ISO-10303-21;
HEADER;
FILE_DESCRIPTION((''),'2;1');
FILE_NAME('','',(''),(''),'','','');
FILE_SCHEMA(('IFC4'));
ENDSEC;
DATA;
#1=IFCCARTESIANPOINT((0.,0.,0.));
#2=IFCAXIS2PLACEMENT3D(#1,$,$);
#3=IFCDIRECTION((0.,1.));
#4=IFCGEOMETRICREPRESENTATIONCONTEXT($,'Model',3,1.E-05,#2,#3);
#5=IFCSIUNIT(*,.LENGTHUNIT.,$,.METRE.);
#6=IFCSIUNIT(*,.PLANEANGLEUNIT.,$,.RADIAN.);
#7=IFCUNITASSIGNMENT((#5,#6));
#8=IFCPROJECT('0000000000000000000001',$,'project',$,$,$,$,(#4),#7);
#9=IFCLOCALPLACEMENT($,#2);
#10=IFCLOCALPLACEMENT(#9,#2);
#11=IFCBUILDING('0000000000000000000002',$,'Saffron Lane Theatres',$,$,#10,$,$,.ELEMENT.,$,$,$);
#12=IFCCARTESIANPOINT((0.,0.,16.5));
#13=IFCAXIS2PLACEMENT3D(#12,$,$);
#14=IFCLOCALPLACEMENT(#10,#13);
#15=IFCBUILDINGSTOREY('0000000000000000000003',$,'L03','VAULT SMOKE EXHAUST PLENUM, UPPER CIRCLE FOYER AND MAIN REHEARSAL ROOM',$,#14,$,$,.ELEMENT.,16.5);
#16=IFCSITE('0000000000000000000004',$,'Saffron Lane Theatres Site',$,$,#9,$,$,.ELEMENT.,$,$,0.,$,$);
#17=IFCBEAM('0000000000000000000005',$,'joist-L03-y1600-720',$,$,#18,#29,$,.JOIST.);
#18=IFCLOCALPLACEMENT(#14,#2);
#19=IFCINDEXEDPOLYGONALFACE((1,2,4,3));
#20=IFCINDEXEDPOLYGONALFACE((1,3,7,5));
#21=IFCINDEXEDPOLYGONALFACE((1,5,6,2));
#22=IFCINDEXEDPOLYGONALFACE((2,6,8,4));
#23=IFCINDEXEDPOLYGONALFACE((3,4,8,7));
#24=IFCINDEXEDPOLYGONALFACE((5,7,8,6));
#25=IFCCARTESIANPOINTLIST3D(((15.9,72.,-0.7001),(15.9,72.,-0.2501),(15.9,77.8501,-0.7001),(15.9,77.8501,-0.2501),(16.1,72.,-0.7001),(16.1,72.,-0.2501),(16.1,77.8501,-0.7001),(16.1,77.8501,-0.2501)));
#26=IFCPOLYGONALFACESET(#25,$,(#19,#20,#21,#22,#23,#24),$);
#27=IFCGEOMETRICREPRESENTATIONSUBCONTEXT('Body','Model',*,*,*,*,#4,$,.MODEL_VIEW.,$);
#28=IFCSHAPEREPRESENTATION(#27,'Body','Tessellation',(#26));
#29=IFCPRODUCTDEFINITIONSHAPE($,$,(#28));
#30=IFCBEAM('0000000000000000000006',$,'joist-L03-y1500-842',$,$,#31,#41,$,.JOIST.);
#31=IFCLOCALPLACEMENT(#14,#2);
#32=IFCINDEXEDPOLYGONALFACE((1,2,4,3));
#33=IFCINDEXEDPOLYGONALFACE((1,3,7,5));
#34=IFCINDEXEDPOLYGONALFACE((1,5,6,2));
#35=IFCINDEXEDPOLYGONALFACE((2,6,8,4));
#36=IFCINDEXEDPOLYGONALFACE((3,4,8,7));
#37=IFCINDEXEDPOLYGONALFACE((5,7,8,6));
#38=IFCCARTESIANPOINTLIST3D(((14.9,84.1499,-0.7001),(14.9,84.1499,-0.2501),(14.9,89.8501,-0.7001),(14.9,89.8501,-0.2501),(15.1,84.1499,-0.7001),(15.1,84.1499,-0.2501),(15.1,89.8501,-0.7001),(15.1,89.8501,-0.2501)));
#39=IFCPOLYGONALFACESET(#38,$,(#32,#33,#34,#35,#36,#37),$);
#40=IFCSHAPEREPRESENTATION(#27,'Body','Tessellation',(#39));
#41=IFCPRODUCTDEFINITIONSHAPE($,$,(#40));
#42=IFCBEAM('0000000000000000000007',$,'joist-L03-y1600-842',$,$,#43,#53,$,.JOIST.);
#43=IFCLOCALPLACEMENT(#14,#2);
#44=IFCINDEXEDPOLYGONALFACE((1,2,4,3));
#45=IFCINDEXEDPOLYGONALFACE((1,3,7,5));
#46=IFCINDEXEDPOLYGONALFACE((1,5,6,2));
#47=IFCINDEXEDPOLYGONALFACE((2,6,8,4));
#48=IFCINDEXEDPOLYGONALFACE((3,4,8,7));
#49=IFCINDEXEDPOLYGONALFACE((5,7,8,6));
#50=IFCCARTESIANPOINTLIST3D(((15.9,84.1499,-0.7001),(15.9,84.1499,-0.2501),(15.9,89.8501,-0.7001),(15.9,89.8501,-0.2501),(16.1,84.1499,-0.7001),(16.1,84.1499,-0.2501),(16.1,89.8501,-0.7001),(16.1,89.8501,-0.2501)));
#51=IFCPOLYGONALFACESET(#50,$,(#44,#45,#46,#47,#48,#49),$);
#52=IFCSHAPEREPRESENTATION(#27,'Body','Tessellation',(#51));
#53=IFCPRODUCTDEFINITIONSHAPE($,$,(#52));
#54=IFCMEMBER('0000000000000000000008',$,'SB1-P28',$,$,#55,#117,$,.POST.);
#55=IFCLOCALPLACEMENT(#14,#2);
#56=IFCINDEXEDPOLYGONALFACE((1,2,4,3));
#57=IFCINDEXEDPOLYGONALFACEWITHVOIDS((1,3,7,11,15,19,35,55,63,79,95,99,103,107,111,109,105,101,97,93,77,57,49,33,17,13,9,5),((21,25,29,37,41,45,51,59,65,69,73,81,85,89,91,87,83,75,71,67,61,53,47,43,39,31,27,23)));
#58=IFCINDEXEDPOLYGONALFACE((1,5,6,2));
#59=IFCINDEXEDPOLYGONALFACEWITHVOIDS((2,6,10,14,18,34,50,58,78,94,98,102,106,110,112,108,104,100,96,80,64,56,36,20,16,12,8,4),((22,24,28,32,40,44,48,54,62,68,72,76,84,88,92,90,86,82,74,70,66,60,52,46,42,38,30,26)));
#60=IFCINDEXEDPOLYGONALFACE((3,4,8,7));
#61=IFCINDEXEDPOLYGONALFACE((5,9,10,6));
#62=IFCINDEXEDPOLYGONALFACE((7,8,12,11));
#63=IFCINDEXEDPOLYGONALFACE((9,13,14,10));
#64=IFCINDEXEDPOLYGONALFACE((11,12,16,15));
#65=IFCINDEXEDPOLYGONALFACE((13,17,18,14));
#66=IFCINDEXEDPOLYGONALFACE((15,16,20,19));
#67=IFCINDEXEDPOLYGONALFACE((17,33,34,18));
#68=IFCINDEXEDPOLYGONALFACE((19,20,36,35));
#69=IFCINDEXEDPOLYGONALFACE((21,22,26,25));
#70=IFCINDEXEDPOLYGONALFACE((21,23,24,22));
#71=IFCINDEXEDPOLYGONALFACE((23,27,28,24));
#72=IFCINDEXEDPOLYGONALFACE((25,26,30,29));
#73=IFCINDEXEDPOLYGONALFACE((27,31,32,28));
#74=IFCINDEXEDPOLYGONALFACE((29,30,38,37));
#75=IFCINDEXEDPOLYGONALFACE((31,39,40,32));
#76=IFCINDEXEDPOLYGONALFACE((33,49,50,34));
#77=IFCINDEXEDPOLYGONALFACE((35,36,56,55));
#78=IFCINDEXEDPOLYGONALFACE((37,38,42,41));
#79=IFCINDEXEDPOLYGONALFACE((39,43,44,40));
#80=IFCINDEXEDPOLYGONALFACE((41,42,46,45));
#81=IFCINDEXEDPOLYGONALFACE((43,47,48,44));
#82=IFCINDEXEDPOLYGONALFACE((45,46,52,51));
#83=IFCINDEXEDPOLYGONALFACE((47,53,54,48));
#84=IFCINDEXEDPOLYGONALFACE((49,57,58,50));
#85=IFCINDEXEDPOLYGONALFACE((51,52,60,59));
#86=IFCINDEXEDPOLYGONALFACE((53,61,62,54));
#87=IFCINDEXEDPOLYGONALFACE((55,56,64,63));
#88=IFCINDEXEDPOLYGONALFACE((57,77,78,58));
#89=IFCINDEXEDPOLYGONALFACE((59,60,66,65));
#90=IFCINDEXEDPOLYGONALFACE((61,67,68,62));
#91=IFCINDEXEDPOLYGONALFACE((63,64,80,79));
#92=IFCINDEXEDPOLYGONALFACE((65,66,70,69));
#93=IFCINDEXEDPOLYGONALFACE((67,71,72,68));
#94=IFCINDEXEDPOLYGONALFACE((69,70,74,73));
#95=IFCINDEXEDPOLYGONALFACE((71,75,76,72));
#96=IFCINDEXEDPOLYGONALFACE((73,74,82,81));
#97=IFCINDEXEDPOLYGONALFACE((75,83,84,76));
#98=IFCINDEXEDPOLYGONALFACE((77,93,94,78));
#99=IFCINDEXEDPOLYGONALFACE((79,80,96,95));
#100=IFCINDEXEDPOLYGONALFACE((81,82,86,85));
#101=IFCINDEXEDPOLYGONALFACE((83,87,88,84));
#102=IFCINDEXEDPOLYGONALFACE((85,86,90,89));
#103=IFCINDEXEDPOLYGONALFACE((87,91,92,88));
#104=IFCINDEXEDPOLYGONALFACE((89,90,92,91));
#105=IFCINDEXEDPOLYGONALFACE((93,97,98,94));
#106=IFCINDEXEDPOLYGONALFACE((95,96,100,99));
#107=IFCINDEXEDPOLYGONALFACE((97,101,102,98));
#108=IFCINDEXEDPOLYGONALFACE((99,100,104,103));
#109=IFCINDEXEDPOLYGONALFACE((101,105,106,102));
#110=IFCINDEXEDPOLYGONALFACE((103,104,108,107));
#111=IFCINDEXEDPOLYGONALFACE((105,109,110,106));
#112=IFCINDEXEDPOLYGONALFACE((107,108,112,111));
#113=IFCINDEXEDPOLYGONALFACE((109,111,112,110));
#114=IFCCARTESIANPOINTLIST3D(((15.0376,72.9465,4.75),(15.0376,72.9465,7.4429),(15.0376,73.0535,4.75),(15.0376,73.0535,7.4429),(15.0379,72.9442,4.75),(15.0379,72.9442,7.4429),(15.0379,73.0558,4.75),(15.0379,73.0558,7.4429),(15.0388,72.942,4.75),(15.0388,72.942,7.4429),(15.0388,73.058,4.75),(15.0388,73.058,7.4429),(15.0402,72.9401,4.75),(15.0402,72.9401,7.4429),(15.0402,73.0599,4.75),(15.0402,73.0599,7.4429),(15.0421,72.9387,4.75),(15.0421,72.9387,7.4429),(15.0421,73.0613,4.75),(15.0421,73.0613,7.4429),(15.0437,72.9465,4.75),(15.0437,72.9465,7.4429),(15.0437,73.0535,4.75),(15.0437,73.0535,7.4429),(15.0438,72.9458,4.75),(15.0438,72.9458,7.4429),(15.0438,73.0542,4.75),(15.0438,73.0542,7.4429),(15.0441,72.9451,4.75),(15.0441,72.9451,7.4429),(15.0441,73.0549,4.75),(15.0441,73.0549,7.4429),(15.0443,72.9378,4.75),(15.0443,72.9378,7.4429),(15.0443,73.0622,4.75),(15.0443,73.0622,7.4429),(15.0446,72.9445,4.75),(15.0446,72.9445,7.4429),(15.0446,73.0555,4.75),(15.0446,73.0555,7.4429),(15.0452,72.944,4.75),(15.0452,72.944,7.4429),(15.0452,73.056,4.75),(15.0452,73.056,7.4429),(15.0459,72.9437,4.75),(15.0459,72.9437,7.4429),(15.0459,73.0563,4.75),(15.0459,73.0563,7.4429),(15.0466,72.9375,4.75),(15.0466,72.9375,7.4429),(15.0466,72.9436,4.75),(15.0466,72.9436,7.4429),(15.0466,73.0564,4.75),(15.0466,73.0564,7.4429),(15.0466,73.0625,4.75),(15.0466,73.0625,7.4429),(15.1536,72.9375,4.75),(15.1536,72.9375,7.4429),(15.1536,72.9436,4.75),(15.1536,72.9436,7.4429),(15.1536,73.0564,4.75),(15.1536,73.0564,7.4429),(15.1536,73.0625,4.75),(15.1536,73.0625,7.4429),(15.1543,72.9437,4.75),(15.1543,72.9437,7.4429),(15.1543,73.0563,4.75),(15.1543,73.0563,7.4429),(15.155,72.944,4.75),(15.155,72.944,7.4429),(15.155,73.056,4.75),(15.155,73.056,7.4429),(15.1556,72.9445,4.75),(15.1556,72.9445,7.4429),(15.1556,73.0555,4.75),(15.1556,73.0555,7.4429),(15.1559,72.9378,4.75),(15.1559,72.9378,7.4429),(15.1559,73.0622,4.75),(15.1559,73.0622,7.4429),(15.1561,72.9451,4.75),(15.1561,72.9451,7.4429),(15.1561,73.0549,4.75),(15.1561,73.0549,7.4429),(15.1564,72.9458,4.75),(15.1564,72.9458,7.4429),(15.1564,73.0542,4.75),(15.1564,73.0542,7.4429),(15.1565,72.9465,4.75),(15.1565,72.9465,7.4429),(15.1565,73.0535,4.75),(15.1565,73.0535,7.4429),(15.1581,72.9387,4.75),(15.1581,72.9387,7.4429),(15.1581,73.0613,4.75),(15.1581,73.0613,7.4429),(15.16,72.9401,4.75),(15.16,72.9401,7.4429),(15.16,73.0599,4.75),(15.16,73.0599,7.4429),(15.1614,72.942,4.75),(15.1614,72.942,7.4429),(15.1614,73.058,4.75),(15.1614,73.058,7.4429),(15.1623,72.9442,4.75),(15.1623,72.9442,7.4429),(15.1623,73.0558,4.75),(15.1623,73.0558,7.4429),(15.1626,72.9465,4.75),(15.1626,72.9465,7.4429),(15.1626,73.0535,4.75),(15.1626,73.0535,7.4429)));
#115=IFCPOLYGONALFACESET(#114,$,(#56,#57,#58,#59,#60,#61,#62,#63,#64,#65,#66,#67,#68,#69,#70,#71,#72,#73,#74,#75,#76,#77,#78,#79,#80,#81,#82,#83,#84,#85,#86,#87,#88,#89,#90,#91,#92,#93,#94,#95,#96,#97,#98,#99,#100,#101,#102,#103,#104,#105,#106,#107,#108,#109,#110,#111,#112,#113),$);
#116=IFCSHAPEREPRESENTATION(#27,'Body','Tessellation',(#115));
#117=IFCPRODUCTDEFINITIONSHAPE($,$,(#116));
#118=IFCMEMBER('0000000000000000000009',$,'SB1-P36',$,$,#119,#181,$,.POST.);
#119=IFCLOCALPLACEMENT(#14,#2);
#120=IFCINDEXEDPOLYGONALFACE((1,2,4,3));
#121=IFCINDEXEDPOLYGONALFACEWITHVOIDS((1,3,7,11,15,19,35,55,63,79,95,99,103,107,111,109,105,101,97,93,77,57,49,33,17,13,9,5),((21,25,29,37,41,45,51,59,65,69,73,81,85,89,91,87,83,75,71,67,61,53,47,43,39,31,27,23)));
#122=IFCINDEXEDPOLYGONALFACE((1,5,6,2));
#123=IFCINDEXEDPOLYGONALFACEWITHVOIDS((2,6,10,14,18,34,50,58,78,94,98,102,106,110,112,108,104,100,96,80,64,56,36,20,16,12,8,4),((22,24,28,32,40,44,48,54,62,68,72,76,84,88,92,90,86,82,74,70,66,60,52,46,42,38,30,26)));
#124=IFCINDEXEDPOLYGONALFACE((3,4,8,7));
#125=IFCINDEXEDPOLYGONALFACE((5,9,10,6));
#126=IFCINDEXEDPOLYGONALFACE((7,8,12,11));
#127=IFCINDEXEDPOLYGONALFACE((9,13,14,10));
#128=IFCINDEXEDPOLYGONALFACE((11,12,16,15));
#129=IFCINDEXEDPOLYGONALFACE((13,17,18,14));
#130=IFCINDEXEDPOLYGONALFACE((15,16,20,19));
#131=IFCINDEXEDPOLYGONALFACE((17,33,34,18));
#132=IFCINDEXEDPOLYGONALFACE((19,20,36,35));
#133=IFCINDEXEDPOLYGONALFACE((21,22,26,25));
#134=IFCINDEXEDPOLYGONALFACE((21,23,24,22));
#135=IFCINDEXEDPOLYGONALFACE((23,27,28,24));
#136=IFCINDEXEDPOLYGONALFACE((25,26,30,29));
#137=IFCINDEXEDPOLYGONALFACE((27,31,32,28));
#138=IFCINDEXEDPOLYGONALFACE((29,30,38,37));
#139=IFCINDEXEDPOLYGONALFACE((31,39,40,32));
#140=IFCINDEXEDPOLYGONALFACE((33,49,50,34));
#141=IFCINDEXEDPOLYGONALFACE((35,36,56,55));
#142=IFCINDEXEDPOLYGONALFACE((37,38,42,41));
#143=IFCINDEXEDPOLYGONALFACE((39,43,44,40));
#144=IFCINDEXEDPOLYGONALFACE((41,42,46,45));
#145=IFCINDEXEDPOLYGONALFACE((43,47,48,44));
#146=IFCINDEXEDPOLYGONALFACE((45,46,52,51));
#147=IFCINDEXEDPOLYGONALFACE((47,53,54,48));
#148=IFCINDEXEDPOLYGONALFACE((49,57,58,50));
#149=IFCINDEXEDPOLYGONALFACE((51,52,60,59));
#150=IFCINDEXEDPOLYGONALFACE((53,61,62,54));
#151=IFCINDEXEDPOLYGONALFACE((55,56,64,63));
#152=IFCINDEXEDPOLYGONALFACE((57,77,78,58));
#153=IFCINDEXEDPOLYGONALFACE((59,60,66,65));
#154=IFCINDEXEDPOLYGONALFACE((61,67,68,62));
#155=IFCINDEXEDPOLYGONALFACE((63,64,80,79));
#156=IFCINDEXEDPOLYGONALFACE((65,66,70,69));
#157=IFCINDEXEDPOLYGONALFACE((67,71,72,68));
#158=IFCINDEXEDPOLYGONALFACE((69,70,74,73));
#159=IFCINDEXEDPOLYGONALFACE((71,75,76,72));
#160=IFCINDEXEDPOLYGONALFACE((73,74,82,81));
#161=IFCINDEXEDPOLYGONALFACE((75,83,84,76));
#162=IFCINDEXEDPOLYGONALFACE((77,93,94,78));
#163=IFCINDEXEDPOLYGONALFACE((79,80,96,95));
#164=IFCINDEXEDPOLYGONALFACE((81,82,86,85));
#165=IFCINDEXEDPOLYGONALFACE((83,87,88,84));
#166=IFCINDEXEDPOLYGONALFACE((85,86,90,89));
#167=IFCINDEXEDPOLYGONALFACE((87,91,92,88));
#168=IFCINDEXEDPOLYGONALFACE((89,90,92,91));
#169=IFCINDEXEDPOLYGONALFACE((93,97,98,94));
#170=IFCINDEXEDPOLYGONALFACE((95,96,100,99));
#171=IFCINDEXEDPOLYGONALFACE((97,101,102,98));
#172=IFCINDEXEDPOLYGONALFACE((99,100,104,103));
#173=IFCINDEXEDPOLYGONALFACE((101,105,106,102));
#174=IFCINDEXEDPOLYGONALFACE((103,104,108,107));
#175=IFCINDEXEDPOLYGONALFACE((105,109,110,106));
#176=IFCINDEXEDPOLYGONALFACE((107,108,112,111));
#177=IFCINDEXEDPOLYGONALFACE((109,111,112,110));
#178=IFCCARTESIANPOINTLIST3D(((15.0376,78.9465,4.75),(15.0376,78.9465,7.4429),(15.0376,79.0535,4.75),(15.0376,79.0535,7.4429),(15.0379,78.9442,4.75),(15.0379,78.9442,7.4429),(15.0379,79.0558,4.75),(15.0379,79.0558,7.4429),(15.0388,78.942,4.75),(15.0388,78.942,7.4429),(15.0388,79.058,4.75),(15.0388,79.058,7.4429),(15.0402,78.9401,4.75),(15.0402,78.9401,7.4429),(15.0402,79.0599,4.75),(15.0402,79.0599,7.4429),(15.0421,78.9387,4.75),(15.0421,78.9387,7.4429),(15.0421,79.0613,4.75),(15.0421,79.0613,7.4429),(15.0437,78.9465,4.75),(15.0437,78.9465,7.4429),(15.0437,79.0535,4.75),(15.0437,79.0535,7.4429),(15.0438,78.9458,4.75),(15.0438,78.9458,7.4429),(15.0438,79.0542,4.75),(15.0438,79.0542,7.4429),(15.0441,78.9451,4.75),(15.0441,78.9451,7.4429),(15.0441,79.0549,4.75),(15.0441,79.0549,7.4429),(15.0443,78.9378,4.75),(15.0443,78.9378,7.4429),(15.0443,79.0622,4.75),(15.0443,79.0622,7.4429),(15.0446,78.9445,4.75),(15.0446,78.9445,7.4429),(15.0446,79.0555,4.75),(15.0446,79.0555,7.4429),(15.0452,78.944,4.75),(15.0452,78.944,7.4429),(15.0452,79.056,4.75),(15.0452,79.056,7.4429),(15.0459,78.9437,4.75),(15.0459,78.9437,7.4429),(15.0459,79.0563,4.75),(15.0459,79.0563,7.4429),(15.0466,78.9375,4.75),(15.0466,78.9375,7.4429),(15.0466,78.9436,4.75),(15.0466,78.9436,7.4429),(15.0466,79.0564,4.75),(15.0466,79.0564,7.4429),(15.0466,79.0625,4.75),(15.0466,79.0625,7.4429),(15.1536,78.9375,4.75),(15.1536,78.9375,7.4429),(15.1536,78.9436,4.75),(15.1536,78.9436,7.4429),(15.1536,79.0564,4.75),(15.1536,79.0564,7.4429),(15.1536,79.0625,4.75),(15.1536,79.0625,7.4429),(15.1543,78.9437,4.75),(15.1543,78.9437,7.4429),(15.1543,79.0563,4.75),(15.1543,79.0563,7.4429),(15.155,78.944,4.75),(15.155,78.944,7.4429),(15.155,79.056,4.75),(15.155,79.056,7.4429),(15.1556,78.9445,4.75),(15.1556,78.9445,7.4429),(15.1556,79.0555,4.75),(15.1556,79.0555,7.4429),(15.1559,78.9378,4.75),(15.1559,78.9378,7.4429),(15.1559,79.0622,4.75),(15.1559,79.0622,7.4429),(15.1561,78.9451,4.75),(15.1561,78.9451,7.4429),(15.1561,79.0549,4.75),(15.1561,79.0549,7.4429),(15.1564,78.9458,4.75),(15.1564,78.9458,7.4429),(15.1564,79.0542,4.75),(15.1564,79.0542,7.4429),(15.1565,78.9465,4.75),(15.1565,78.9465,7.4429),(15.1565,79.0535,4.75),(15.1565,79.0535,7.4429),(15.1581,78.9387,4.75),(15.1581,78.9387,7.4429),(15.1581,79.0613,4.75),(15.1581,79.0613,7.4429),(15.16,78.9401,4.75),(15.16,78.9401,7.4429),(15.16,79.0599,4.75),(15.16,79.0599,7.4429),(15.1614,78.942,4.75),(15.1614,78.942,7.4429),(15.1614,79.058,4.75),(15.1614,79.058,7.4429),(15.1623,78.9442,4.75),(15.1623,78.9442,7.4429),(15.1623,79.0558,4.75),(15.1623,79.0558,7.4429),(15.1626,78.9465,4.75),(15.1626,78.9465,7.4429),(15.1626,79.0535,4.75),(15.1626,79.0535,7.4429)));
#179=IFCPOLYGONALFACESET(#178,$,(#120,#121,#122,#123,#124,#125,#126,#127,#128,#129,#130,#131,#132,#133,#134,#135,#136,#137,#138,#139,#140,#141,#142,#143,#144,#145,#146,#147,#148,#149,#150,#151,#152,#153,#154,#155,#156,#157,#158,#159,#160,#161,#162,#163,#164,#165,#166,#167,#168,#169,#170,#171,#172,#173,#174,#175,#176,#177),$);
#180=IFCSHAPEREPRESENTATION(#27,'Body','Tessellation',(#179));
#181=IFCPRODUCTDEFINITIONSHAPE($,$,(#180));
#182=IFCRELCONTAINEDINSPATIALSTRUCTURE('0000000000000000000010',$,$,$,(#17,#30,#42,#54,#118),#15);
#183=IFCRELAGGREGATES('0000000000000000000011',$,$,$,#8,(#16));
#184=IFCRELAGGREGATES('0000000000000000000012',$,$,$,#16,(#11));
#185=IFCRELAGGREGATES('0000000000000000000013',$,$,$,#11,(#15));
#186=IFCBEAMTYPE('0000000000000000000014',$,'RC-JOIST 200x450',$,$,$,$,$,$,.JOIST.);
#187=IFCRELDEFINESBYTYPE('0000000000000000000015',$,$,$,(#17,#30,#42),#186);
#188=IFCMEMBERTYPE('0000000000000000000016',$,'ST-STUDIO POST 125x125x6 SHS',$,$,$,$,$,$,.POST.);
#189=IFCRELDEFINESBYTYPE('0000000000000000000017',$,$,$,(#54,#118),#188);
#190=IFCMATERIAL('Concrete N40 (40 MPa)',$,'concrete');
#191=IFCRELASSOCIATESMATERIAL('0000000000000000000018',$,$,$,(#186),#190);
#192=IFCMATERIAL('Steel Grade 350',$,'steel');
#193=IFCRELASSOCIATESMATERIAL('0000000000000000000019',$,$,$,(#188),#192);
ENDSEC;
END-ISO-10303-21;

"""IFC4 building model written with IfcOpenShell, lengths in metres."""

from ifc_helpers import new_model, si_unit, direction, frame, origin, origin_2d, place, context, subcontext, project, spatial, rectangle, hollow_rectangle, extrude, material, material_profile, profile_set, type_object, element, save


model = new_model("IFC4")

# Units and contexts
model_context = context("Model", 3, precision=1e-05, world=origin(), true_north=direction((0.0, 1.0)))
body_context = subcontext(model_context, "Body", "Model", "MODEL_VIEW")
ifc_project = project(units=[si_unit("LENGTHUNIT", "METRE"), si_unit("PLANEANGLEUNIT", "RADIAN")], contexts=[model_context])

# Site, building, storey
site_placement = place(None, origin())
site = spatial("IfcSite", under=ifc_project, at=site_placement, Name="Saffron Lane Theatres Site", CompositionType="ELEMENT", RefElevation=0.0)
building_placement = place(site_placement, origin())
building = spatial("IfcBuilding", under=site, at=building_placement, Name="Saffron Lane Theatres", CompositionType="ELEMENT")
storey_placement = place(building_placement, frame((0.0, 0.0, 16.5)))
storey = spatial("IfcBuildingStorey", under=building, at=storey_placement, Name="L03", Description="VAULT SMOKE EXHAUST PLENUM, UPPER CIRCLE FOYER AND MAIN REHEARSAL ROOM", CompositionType="ELEMENT", Elevation=16.5)

# Beams
ifc_material_1 = material(Name="Concrete N40 (40 MPa)", Category="concrete")
ifc_material_profile_1 = material_profile(ifc_material_1, rectangle(XDim=0.2, YDim=0.45, at=origin_2d()))
ifc_profile_set_1 = profile_set([ifc_material_profile_1], Name="Concrete N40 (40 MPa)")
beam_type = type_object("IfcBeamType", Name="RC-JOIST 200x450", PredefinedType="JOIST", material=ifc_profile_set_1)
beam_placement = place(storey_placement, frame((16.0, 72.0, -0.4751), z_axis=(0.0, 1.0, 0.0), x_axis=(-1.0, 0.0, 0.0)))
element("IfcBeam", 1, at=beam_placement, inside=storey, type_object=beam_type, Name="joist-L03-y1600-720", PredefinedType="JOIST", context=body_context, shape_type="SweptSolid", body=[
    extrude(rectangle(XDim=0.2, YDim=0.45, at=origin_2d()), origin(), (0.0, 0.0, 1.0), 5.8501),
])
for number, where, z_axis, x_axis, name in (
    (2, (15.0, 84.1499, -0.4751), (0.0, 1.0, 0.0), (-1.0, 0.0, 0.0), "joist-L03-y1500-842"),
    (3, (16.0, 84.1499, -0.4751), (0.0, 1.0, 0.0), (-1.0, 0.0, 0.0), "joist-L03-y1600-842"),
):
    element("IfcBeam", number, at=place(storey_placement, frame(where, z_axis=z_axis, x_axis=x_axis)), inside=storey, type_object=beam_type, Name=name, PredefinedType="JOIST", context=body_context, shape_type="SweptSolid", body=[
        extrude(rectangle(XDim=0.2, YDim=0.45, at=origin_2d()), origin(), (0.0, 0.0, 1.0), 5.7002),
    ])

# Members
ifc_material_2 = material(Name="Steel Grade 350", Category="steel")
ifc_material_profile_2 = material_profile(ifc_material_2, hollow_rectangle(XDim=0.125, YDim=0.125, WallThickness=0.0061, InnerFilletRadius=0.0029, OuterFilletRadius=0.009, at=origin_2d()))
ifc_profile_set_2 = profile_set([ifc_material_profile_2], Name="Steel Grade 350")
member_type_1 = type_object("IfcMemberType", Name="ST-STUDIO POST 125x125x6 SHS", PredefinedType="POST", material=ifc_profile_set_2)
for number, where, z_axis, x_axis, name in (
    (4, (15.1001, 73.0, 4.75), (0.0, 0.0, 1.0), (1.0, 0.0, 0.0), "SB1-P28"),
    (5, (15.1001, 79.0, 4.75), (0.0, 0.0, 1.0), (1.0, 0.0, 0.0), "SB1-P36"),
):
    element("IfcMember", number, at=place(storey_placement, frame(where, z_axis=z_axis, x_axis=x_axis)), inside=storey, type_object=member_type_1, Name=name, PredefinedType="POST", context=body_context, shape_type="SweptSolid", body=[
        extrude(hollow_rectangle(XDim=0.125, YDim=0.125, WallThickness=0.0061, InnerFilletRadius=0.0029, OuterFilletRadius=0.009, at=origin_2d()), origin(), (0.0, 0.0, 1.0), 2.6929),
    ])

save(model, "model.ifc")
